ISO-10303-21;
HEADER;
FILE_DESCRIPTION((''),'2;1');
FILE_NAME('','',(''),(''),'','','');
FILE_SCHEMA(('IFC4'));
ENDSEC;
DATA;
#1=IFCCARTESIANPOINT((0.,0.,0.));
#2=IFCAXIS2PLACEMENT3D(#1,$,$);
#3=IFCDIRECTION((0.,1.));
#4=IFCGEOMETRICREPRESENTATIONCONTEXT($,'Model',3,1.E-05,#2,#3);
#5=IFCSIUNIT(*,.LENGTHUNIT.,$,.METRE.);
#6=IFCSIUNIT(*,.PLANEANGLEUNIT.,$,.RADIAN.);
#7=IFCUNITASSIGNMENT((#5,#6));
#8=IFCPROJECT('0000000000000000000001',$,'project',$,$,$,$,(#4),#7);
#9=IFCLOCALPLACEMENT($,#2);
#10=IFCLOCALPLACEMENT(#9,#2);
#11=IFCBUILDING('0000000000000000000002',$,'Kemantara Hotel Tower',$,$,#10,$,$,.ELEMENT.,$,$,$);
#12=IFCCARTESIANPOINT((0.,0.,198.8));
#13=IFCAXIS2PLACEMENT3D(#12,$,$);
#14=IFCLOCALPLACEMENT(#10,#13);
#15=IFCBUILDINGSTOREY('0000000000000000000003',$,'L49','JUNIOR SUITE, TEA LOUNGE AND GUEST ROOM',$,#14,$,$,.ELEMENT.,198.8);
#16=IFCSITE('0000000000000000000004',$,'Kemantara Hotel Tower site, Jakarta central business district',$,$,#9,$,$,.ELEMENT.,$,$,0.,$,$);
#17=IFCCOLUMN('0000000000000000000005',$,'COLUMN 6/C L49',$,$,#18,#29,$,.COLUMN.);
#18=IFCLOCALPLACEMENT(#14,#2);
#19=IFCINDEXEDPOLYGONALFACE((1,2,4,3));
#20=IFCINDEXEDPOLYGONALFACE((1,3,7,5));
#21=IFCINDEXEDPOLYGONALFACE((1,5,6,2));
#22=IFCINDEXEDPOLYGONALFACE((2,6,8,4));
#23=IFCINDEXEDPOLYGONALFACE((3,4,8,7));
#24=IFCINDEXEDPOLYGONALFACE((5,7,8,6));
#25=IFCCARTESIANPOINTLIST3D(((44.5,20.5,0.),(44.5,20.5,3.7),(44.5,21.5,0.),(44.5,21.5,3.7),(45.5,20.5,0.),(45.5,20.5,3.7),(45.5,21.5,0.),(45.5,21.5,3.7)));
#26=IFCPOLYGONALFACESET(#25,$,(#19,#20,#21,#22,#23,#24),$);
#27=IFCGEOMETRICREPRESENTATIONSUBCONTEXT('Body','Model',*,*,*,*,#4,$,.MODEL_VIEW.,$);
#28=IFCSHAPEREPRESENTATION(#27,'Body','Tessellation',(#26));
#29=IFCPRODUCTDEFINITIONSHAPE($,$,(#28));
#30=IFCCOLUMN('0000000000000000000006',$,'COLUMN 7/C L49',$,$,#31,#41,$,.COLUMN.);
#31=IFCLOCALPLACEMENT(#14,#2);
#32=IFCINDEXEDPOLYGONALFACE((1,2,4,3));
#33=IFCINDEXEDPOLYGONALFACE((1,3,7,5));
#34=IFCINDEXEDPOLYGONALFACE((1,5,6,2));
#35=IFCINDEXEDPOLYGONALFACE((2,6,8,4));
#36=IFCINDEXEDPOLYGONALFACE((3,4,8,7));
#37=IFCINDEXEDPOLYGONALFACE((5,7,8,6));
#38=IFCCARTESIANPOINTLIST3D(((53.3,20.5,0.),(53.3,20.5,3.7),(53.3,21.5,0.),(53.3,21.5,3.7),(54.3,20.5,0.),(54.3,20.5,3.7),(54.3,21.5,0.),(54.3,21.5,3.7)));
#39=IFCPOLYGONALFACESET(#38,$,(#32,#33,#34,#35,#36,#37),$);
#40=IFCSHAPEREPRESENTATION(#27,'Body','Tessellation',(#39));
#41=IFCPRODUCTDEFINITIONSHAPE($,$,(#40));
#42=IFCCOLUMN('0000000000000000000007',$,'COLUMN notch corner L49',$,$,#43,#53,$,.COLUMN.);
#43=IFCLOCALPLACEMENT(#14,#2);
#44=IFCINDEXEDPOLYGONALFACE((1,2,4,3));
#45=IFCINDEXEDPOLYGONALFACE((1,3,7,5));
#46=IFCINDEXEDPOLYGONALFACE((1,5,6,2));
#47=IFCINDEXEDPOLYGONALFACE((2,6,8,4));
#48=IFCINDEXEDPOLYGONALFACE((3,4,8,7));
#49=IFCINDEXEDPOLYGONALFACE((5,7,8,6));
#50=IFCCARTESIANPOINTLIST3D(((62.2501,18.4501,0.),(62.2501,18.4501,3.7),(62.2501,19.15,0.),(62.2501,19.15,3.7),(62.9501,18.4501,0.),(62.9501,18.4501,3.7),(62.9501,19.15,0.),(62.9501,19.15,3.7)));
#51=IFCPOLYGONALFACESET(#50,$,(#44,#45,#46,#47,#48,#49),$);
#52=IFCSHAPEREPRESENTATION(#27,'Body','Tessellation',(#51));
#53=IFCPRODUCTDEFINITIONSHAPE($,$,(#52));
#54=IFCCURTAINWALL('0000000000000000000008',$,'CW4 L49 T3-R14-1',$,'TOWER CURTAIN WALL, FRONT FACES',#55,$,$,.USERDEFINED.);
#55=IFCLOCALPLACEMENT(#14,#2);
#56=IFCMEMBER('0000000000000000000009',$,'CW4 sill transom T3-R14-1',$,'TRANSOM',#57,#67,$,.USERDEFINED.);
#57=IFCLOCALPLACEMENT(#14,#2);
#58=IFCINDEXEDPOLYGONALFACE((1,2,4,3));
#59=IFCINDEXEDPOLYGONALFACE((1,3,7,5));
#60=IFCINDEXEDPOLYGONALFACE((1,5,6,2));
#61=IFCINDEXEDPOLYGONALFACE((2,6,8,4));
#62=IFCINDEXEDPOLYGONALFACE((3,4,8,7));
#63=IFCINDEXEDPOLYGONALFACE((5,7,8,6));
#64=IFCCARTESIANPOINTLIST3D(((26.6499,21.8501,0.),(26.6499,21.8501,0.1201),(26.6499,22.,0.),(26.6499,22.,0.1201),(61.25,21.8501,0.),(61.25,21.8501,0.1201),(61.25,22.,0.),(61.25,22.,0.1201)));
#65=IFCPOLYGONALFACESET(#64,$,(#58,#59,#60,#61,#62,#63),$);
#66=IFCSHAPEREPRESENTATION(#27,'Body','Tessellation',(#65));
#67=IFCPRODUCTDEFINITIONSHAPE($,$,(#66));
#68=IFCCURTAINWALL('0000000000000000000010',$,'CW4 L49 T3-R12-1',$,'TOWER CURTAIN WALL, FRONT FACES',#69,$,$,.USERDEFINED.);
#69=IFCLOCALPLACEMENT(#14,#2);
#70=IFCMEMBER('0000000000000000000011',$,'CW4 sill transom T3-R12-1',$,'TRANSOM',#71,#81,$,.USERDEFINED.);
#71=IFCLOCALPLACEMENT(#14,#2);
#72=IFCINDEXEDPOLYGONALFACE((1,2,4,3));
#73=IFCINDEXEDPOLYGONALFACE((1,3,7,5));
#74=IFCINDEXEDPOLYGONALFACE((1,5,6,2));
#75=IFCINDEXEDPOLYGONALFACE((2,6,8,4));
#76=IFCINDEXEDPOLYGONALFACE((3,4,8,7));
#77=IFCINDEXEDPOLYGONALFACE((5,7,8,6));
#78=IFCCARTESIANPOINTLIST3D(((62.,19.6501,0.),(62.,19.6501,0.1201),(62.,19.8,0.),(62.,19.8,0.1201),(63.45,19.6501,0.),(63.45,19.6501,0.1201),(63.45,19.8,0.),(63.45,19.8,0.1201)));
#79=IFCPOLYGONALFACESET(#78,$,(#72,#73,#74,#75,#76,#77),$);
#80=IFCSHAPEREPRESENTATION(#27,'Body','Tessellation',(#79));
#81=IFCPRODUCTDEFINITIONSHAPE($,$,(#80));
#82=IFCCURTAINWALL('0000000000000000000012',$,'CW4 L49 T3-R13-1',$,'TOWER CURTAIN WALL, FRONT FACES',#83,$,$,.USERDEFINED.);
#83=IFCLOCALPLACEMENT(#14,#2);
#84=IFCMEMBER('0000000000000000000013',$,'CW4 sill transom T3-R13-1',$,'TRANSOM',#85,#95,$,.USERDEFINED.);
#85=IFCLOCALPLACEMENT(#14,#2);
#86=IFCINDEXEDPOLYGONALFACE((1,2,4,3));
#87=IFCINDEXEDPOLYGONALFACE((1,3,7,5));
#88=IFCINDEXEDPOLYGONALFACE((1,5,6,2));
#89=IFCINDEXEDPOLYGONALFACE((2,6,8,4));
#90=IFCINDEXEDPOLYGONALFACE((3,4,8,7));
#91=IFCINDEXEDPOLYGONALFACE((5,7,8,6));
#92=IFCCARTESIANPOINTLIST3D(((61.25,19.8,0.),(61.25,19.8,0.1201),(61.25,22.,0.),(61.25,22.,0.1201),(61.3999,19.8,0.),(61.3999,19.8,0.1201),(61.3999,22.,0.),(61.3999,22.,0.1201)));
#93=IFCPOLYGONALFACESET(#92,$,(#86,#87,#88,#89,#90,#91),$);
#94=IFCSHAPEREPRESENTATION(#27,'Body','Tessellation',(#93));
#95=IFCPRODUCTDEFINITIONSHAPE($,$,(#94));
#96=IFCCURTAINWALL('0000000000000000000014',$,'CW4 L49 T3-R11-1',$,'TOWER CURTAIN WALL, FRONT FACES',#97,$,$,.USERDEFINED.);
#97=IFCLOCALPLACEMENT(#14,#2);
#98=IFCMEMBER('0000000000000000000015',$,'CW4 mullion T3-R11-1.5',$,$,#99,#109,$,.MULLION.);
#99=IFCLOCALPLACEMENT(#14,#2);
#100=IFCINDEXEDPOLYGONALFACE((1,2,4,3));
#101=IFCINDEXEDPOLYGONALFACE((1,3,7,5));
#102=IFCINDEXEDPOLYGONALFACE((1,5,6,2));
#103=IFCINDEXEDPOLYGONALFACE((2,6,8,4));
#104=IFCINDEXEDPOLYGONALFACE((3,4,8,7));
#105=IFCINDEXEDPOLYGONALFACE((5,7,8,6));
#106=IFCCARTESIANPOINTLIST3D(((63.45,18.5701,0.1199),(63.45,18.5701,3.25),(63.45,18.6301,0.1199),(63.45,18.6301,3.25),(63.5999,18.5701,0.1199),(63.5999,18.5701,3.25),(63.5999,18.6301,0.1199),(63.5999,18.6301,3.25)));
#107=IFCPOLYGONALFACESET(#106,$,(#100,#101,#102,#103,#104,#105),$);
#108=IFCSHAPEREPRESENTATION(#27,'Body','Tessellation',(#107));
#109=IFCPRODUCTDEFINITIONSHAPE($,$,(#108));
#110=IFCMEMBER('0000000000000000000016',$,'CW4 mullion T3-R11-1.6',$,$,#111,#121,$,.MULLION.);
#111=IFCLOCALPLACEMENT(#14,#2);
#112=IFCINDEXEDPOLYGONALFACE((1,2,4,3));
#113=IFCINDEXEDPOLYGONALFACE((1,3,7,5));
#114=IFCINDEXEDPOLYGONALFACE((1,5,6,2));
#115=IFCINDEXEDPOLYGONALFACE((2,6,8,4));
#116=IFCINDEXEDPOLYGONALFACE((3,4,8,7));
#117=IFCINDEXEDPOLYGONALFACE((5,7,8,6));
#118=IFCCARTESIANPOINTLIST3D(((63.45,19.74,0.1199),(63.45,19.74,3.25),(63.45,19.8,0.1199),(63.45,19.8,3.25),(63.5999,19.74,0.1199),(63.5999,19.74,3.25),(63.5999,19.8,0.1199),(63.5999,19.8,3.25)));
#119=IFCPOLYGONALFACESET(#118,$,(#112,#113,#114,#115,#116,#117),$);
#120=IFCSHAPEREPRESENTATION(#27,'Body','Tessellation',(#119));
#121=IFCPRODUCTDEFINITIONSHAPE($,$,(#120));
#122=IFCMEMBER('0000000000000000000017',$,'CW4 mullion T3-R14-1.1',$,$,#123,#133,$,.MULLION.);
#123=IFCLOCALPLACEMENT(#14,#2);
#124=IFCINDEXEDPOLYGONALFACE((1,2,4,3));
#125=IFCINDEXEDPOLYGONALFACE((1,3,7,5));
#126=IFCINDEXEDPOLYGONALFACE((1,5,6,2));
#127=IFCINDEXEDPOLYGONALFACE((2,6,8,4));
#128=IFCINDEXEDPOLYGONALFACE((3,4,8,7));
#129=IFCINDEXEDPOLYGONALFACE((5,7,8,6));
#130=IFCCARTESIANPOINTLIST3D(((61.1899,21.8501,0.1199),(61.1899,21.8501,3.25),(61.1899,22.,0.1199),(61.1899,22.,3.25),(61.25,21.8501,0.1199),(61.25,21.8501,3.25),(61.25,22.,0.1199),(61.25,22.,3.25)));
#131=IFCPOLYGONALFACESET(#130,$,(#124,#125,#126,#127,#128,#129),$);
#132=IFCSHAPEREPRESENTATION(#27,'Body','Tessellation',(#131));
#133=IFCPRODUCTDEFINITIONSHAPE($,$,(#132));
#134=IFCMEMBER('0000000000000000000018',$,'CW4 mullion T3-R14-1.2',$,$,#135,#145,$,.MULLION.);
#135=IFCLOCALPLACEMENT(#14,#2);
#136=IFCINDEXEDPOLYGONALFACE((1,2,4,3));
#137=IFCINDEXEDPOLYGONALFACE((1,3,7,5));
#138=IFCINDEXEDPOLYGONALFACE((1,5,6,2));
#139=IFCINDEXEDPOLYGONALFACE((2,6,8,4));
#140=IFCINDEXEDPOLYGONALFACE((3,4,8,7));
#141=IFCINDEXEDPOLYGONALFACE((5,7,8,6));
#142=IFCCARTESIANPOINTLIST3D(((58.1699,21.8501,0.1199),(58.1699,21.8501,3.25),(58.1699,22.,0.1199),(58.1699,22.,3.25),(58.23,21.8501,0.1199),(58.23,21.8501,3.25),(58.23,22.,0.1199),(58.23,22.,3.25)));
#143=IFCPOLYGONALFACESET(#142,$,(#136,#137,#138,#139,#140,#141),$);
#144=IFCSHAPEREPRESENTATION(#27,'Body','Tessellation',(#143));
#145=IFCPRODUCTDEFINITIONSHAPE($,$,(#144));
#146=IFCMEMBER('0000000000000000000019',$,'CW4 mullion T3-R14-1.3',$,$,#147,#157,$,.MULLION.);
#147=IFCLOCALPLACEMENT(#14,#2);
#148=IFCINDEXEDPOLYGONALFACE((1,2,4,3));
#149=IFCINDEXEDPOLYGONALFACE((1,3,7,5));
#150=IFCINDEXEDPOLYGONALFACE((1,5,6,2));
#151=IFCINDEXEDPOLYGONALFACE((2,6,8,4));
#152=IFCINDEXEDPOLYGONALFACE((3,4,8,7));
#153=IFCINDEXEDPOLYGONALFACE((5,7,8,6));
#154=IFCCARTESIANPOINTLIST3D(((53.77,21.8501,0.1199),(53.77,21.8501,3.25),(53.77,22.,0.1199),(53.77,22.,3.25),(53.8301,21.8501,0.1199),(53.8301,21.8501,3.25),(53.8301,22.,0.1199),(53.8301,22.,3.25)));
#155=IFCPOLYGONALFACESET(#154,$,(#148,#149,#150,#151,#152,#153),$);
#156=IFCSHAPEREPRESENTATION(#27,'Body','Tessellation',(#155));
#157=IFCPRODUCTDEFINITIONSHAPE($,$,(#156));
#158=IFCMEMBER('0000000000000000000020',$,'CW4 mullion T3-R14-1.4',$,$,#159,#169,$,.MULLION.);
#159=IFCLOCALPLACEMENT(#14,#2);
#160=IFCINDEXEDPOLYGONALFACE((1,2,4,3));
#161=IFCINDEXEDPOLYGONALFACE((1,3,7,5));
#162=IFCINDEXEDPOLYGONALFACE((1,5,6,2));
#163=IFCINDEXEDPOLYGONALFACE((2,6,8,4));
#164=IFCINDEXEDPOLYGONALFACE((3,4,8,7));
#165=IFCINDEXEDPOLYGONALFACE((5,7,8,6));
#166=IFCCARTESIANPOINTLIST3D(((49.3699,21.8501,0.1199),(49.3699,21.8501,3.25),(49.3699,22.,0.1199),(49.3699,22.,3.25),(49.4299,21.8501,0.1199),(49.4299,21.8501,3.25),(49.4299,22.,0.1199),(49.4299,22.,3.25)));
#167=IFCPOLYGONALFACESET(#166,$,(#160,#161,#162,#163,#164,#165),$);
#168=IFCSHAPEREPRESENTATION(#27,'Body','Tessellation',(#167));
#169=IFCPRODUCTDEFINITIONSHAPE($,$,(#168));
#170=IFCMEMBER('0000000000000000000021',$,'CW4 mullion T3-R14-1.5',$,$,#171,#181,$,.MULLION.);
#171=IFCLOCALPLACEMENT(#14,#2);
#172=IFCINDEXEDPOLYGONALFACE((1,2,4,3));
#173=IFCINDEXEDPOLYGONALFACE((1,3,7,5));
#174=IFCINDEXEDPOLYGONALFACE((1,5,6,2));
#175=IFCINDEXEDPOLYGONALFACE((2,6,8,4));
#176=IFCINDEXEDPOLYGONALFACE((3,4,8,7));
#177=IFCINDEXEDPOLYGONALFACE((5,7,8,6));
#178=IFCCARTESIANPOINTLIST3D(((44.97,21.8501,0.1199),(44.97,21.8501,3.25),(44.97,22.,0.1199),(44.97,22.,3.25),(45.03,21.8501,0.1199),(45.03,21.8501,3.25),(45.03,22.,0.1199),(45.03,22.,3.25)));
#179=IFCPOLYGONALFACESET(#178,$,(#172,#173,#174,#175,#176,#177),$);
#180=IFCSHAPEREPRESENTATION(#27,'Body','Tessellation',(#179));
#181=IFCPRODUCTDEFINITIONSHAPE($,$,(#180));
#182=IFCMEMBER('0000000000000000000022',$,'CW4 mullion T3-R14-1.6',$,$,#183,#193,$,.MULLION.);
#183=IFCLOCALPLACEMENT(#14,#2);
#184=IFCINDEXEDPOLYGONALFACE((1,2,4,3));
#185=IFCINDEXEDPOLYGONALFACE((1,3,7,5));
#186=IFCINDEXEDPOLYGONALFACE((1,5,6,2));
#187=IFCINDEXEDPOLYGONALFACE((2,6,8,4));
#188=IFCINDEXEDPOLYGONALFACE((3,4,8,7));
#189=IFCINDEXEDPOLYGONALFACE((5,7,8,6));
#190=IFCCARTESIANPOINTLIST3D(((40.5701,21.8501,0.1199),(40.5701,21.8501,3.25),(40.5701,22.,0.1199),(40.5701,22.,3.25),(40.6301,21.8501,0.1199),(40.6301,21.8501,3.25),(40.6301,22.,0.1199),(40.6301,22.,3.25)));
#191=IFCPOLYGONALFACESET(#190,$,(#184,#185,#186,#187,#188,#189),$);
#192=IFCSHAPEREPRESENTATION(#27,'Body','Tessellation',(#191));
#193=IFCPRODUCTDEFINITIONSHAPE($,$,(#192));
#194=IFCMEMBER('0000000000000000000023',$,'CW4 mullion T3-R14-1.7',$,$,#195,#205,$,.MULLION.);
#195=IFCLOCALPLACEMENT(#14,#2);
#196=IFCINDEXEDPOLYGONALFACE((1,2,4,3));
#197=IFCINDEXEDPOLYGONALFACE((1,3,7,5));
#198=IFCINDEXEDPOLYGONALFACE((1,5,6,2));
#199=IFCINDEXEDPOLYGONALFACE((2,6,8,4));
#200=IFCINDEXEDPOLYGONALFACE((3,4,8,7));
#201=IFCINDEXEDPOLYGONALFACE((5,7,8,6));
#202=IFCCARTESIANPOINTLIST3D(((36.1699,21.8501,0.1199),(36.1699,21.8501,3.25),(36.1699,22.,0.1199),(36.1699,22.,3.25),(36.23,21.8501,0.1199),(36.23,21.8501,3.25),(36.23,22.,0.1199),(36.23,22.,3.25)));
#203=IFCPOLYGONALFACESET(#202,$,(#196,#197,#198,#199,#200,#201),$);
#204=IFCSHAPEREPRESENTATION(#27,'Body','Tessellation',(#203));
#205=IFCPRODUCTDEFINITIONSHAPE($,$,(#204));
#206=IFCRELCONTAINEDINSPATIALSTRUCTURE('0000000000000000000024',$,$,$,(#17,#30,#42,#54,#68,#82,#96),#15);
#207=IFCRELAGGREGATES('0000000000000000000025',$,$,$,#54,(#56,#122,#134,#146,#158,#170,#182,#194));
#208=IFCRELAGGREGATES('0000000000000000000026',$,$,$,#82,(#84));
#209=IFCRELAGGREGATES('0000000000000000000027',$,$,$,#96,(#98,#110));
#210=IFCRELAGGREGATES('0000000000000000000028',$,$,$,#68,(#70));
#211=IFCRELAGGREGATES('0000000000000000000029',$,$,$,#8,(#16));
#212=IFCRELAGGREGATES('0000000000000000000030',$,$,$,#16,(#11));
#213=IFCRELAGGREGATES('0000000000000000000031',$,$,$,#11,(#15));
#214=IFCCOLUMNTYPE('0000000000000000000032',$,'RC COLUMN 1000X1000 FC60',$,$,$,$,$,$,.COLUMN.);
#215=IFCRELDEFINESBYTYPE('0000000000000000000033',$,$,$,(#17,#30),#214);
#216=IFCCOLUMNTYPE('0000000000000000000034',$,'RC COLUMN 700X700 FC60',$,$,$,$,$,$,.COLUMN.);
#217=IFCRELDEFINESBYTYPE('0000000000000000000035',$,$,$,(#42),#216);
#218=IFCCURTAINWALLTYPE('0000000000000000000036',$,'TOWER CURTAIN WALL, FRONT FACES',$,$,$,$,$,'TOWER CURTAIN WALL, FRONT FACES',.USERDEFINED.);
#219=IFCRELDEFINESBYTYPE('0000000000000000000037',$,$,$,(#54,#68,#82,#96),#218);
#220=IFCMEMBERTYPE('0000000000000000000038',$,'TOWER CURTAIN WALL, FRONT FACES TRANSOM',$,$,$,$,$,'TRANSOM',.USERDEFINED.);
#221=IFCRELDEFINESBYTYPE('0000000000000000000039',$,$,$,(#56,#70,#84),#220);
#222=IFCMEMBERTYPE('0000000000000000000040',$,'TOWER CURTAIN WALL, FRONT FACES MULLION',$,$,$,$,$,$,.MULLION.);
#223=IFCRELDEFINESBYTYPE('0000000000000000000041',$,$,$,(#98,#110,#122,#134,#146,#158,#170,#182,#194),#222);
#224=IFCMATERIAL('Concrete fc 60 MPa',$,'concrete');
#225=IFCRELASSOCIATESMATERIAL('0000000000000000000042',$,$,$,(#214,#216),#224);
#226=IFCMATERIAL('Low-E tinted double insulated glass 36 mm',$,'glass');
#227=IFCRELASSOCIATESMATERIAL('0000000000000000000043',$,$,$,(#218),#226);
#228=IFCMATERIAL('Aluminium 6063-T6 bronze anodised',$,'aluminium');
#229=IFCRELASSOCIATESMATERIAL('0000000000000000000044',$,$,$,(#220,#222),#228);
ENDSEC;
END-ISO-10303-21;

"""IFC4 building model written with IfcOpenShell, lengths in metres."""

from ifc_helpers import new_model, si_unit, direction, frame, origin, origin_2d, place, context, subcontext, project, spatial, rectangle, extrude, source, transform, mapped, material, material_profile, profile_set, type_object, element, aggregate, save


model = new_model("IFC4")

# Units and contexts
model_context = context("Model", 3, precision=1e-05, world=origin(), true_north=direction((0.0, 1.0)))
body_context = subcontext(model_context, "Body", "Model", "MODEL_VIEW")
ifc_project = project(units=[si_unit("LENGTHUNIT", "METRE"), si_unit("PLANEANGLEUNIT", "RADIAN")], contexts=[model_context])

# Site, building, storey
site_placement = place(None, origin())
site = spatial("IfcSite", under=ifc_project, at=site_placement, Name="Kemantara Hotel Tower site, Jakarta central business district", CompositionType="ELEMENT", RefElevation=0.0)
building_placement = place(site_placement, origin())
building = spatial("IfcBuilding", under=site, at=building_placement, Name="Kemantara Hotel Tower", CompositionType="ELEMENT")
storey_placement = place(building_placement, frame((0.0, 0.0, 198.8)))
storey = spatial("IfcBuildingStorey", under=building, at=storey_placement, Name="L49", Description="JUNIOR SUITE, TEA LOUNGE AND GUEST ROOM", CompositionType="ELEMENT", Elevation=198.8)

# Columns
ifc_material_1 = material(Name="Concrete fc 60 MPa", Category="concrete")
ifc_material_profile_1 = material_profile(ifc_material_1, rectangle(XDim=1.0, YDim=1.0, at=origin_2d()), Name="RC 1000X1000")
ifc_profile_set_1 = profile_set([ifc_material_profile_1], Name="Concrete fc 60 MPa")
column_type_1 = type_object("IfcColumnType", Name="RC COLUMN 1000X1000 FC60", PredefinedType="COLUMN", material=ifc_profile_set_1)
for number, where, z_axis, x_axis, name in (
    (1, (45.0, 21.0, 0.0), (0.0, 0.0, 1.0), (1.0, 0.0, 0.0), "COLUMN 6/C L49"),
    (2, (53.8, 21.0, 0.0), (0.0, 0.0, 1.0), (1.0, 0.0, 0.0), "COLUMN 7/C L49"),
):
    element("IfcColumn", number, at=place(storey_placement, frame(where, z_axis=z_axis, x_axis=x_axis)), inside=storey, type_object=column_type_1, Name=name, PredefinedType="COLUMN", context=body_context, shape_type="SweptSolid", body=[
        extrude(rectangle(XDim=1.0, YDim=1.0, at=origin_2d()), origin(), (0.0, 0.0, 1.0), 3.7),
    ])
ifc_material_profile_2 = material_profile(ifc_material_1, rectangle(XDim=0.7, YDim=0.7, at=origin_2d()), Name="RC 700X700")
ifc_profile_set_2 = profile_set([ifc_material_profile_2], Name="Concrete fc 60 MPa")
column_type_2 = type_object("IfcColumnType", Name="RC COLUMN 700X700 FC60", PredefinedType="COLUMN", material=ifc_profile_set_2)
column_placement = place(storey_placement, frame((62.6001, 18.8, 0.0), z_axis=(0.0, 0.0, 1.0), x_axis=(1.0, 0.0, 0.0)))
element("IfcColumn", 3, at=column_placement, inside=storey, type_object=column_type_2, Name="COLUMN notch corner L49", PredefinedType="COLUMN", context=body_context, shape_type="SweptSolid", body=[
    extrude(rectangle(XDim=0.7, YDim=0.7, at=origin_2d()), origin(), (0.0, 0.0, 1.0), 3.7),
])

# Curtain walls, members
ifc_material_2 = material(Name="Low-E tinted double insulated glass 36 mm", Category="glass")
curtain_wall_type = type_object("IfcCurtainWallType", Name="TOWER CURTAIN WALL, FRONT FACES", ElementType="TOWER CURTAIN WALL, FRONT FACES", PredefinedType="USERDEFINED", material=ifc_material_2)
curtain_wall_1_placement = place(storey_placement, origin())
curtain_wall_1 = element("IfcCurtainWall", 4, at=curtain_wall_1_placement, inside=storey, type_object=curtain_wall_type, Name="CW4 L49 T3-R14-1", ObjectType="TOWER CURTAIN WALL, FRONT FACES", PredefinedType="USERDEFINED")
ifc_material_3 = material(Name="Aluminium 6063-T6 bronze anodised", Category="aluminium")
ifc_material_profile_3 = material_profile(ifc_material_3, rectangle(XDim=0.1499, YDim=0.1201, at=origin_2d()), Name="TOWER CURTAIN WALL, FRONT FACES TRANSOM")
ifc_profile_set_3 = profile_set([ifc_material_profile_3], Name="Aluminium 6063-T6 bronze anodised")
member_type_1 = type_object("IfcMemberType", Name="TOWER CURTAIN WALL, FRONT FACES TRANSOM", ElementType="TRANSOM", PredefinedType="USERDEFINED", material=ifc_profile_set_3)
member_1_placement = place(storey_placement, frame((61.25, 21.925, 0.0601), z_axis=(-1.0, 0.0, 0.0), x_axis=(0.0, -1.0, 0.0)))
member_1 = element("IfcMember", 5, at=member_1_placement, type_object=member_type_1, Name="CW4 sill transom T3-R14-1", ObjectType="TRANSOM", PredefinedType="USERDEFINED", context=body_context, shape_type="SweptSolid", body=[
    extrude(rectangle(XDim=0.1499, YDim=0.1201, at=origin_2d()), origin(), (0.0, 0.0, 1.0), 34.6001),
])
curtain_wall_2_placement = place(storey_placement, origin())
curtain_wall_2 = element("IfcCurtainWall", 6, at=curtain_wall_2_placement, inside=storey, type_object=curtain_wall_type, Name="CW4 L49 T3-R12-1", ObjectType="TOWER CURTAIN WALL, FRONT FACES", PredefinedType="USERDEFINED")
member_2_placement = place(storey_placement, frame((63.45, 19.7251, 0.0601), z_axis=(-1.0, 0.0, 0.0), x_axis=(0.0, -1.0, 0.0)))
member_2 = element("IfcMember", 7, at=member_2_placement, type_object=member_type_1, Name="CW4 sill transom T3-R12-1", ObjectType="TRANSOM", PredefinedType="USERDEFINED", context=body_context, shape_type="SweptSolid", body=[
    extrude(rectangle(XDim=0.1499, YDim=0.1201, at=origin_2d()), origin(), (0.0, 0.0, 1.0), 1.45),
])
curtain_wall_3_placement = place(storey_placement, origin())
curtain_wall_3 = element("IfcCurtainWall", 8, at=curtain_wall_3_placement, inside=storey, type_object=curtain_wall_type, Name="CW4 L49 T3-R13-1", ObjectType="TOWER CURTAIN WALL, FRONT FACES", PredefinedType="USERDEFINED")
member_3_placement = place(storey_placement, frame((61.325, 19.8, 0.0601), z_axis=(0.0, 1.0, 0.0), x_axis=(-1.0, 0.0, 0.0)))
member_3 = element("IfcMember", 9, at=member_3_placement, type_object=member_type_1, Name="CW4 sill transom T3-R13-1", ObjectType="TRANSOM", PredefinedType="USERDEFINED", context=body_context, shape_type="SweptSolid", body=[
    extrude(rectangle(XDim=0.1499, YDim=0.1201, at=origin_2d()), origin(), (0.0, 0.0, 1.0), 2.2),
])

# Curtain wall, members
curtain_wall_4_placement = place(storey_placement, origin())
curtain_wall_4 = element("IfcCurtainWall", 10, at=curtain_wall_4_placement, inside=storey, type_object=curtain_wall_type, Name="CW4 L49 T3-R11-1", ObjectType="TOWER CURTAIN WALL, FRONT FACES", PredefinedType="USERDEFINED")
ifc_material_profile_4 = material_profile(ifc_material_3, rectangle(XDim=0.1499, YDim=0.0601, at=origin_2d()), Name="TOWER CURTAIN WALL, FRONT FACES MULLION")
ifc_profile_set_4 = profile_set([ifc_material_profile_4], Name="Aluminium 6063-T6 bronze anodised")
member_type_2 = type_object("IfcMemberType", Name="TOWER CURTAIN WALL, FRONT FACES MULLION", PredefinedType="MULLION", material=ifc_profile_set_4)
shared_shape_1 = source(origin(), body_context, "Body", "SweptSolid", [
    extrude(rectangle(XDim=0.1499, YDim=0.0601, at=origin_2d()), origin(), (0.0, 0.0, 1.0), 3.1301),
])
member_4_placement = place(storey_placement, frame((63.5249, 18.6001, 0.1199), z_axis=(0.0, 0.0, 1.0), x_axis=(-1.0, 0.0, 0.0)))
member_4 = element("IfcMember", 11, at=member_4_placement, type_object=member_type_2, Name="CW4 mullion T3-R11-1.5", PredefinedType="MULLION", context=body_context, shape_type="MappedRepresentation", body=[
    mapped(shared_shape_1, transform((0.0, 0.0, 0.0))),
])
member_5_placement = place(storey_placement, frame((63.5249, 19.77, 0.1199), z_axis=(0.0, 0.0, 1.0), x_axis=(-1.0, 0.0, 0.0)))
member_5 = element("IfcMember", 12, at=member_5_placement, type_object=member_type_2, Name="CW4 mullion T3-R11-1.6", PredefinedType="MULLION", context=body_context, shape_type="MappedRepresentation", body=[
    mapped(shared_shape_1, transform((0.0, 0.0, 0.0))),
])

# Members
member_6_placement = place(storey_placement, frame((61.22, 21.925, 0.1199), z_axis=(0.0, 0.0, 1.0), x_axis=(0.0, -1.0, 0.0)))
member_6 = element("IfcMember", 13, at=member_6_placement, type_object=member_type_2, Name="CW4 mullion T3-R14-1.1", PredefinedType="MULLION", context=body_context, shape_type="MappedRepresentation", body=[
    mapped(shared_shape_1, transform((0.0, 0.0, 0.0))),
])
member_7_placement = place(storey_placement, frame((58.2, 21.925, 0.1199), z_axis=(0.0, 0.0, 1.0), x_axis=(0.0, -1.0, 0.0)))
member_7 = element("IfcMember", 14, at=member_7_placement, type_object=member_type_2, Name="CW4 mullion T3-R14-1.2", PredefinedType="MULLION", context=body_context, shape_type="MappedRepresentation", body=[
    mapped(shared_shape_1, transform((0.0, 0.0, 0.0))),
])
member_8_placement = place(storey_placement, frame((53.8, 21.925, 0.1199), z_axis=(0.0, 0.0, 1.0), x_axis=(0.0, -1.0, 0.0)))
member_8 = element("IfcMember", 15, at=member_8_placement, type_object=member_type_2, Name="CW4 mullion T3-R14-1.3", PredefinedType="MULLION", context=body_context, shape_type="MappedRepresentation", body=[
    mapped(shared_shape_1, transform((0.0, 0.0, 0.0))),
])
member_9_placement = place(storey_placement, frame((49.3999, 21.925, 0.1199), z_axis=(0.0, 0.0, 1.0), x_axis=(0.0, -1.0, 0.0)))
member_9 = element("IfcMember", 16, at=member_9_placement, type_object=member_type_2, Name="CW4 mullion T3-R14-1.4", PredefinedType="MULLION", context=body_context, shape_type="MappedRepresentation", body=[
    mapped(shared_shape_1, transform((0.0, 0.0, 0.0))),
])
member_10_placement = place(storey_placement, frame((45.0, 21.925, 0.1199), z_axis=(0.0, 0.0, 1.0), x_axis=(0.0, -1.0, 0.0)))
member_10 = element("IfcMember", 17, at=member_10_placement, type_object=member_type_2, Name="CW4 mullion T3-R14-1.5", PredefinedType="MULLION", context=body_context, shape_type="MappedRepresentation", body=[
    mapped(shared_shape_1, transform((0.0, 0.0, 0.0))),
])
member_11_placement = place(storey_placement, frame((40.6001, 21.925, 0.1199), z_axis=(0.0, 0.0, 1.0), x_axis=(0.0, -1.0, 0.0)))
member_11 = element("IfcMember", 18, at=member_11_placement, type_object=member_type_2, Name="CW4 mullion T3-R14-1.6", PredefinedType="MULLION", context=body_context, shape_type="MappedRepresentation", body=[
    mapped(shared_shape_1, transform((0.0, 0.0, 0.0))),
])
member_12_placement = place(storey_placement, frame((36.2, 21.925, 0.1199), z_axis=(0.0, 0.0, 1.0), x_axis=(0.0, -1.0, 0.0)))
member_12 = element("IfcMember", 19, at=member_12_placement, type_object=member_type_2, Name="CW4 mullion T3-R14-1.7", PredefinedType="MULLION", context=body_context, shape_type="MappedRepresentation", body=[
    mapped(shared_shape_1, transform((0.0, 0.0, 0.0))),
])

aggregate(curtain_wall_1, [member_1, member_6, member_7, member_8, member_9, member_10, member_11, member_12])
aggregate(curtain_wall_3, [member_3])
aggregate(curtain_wall_4, [member_4, member_5])
aggregate(curtain_wall_2, [member_2])

save(model, "model.ifc")
